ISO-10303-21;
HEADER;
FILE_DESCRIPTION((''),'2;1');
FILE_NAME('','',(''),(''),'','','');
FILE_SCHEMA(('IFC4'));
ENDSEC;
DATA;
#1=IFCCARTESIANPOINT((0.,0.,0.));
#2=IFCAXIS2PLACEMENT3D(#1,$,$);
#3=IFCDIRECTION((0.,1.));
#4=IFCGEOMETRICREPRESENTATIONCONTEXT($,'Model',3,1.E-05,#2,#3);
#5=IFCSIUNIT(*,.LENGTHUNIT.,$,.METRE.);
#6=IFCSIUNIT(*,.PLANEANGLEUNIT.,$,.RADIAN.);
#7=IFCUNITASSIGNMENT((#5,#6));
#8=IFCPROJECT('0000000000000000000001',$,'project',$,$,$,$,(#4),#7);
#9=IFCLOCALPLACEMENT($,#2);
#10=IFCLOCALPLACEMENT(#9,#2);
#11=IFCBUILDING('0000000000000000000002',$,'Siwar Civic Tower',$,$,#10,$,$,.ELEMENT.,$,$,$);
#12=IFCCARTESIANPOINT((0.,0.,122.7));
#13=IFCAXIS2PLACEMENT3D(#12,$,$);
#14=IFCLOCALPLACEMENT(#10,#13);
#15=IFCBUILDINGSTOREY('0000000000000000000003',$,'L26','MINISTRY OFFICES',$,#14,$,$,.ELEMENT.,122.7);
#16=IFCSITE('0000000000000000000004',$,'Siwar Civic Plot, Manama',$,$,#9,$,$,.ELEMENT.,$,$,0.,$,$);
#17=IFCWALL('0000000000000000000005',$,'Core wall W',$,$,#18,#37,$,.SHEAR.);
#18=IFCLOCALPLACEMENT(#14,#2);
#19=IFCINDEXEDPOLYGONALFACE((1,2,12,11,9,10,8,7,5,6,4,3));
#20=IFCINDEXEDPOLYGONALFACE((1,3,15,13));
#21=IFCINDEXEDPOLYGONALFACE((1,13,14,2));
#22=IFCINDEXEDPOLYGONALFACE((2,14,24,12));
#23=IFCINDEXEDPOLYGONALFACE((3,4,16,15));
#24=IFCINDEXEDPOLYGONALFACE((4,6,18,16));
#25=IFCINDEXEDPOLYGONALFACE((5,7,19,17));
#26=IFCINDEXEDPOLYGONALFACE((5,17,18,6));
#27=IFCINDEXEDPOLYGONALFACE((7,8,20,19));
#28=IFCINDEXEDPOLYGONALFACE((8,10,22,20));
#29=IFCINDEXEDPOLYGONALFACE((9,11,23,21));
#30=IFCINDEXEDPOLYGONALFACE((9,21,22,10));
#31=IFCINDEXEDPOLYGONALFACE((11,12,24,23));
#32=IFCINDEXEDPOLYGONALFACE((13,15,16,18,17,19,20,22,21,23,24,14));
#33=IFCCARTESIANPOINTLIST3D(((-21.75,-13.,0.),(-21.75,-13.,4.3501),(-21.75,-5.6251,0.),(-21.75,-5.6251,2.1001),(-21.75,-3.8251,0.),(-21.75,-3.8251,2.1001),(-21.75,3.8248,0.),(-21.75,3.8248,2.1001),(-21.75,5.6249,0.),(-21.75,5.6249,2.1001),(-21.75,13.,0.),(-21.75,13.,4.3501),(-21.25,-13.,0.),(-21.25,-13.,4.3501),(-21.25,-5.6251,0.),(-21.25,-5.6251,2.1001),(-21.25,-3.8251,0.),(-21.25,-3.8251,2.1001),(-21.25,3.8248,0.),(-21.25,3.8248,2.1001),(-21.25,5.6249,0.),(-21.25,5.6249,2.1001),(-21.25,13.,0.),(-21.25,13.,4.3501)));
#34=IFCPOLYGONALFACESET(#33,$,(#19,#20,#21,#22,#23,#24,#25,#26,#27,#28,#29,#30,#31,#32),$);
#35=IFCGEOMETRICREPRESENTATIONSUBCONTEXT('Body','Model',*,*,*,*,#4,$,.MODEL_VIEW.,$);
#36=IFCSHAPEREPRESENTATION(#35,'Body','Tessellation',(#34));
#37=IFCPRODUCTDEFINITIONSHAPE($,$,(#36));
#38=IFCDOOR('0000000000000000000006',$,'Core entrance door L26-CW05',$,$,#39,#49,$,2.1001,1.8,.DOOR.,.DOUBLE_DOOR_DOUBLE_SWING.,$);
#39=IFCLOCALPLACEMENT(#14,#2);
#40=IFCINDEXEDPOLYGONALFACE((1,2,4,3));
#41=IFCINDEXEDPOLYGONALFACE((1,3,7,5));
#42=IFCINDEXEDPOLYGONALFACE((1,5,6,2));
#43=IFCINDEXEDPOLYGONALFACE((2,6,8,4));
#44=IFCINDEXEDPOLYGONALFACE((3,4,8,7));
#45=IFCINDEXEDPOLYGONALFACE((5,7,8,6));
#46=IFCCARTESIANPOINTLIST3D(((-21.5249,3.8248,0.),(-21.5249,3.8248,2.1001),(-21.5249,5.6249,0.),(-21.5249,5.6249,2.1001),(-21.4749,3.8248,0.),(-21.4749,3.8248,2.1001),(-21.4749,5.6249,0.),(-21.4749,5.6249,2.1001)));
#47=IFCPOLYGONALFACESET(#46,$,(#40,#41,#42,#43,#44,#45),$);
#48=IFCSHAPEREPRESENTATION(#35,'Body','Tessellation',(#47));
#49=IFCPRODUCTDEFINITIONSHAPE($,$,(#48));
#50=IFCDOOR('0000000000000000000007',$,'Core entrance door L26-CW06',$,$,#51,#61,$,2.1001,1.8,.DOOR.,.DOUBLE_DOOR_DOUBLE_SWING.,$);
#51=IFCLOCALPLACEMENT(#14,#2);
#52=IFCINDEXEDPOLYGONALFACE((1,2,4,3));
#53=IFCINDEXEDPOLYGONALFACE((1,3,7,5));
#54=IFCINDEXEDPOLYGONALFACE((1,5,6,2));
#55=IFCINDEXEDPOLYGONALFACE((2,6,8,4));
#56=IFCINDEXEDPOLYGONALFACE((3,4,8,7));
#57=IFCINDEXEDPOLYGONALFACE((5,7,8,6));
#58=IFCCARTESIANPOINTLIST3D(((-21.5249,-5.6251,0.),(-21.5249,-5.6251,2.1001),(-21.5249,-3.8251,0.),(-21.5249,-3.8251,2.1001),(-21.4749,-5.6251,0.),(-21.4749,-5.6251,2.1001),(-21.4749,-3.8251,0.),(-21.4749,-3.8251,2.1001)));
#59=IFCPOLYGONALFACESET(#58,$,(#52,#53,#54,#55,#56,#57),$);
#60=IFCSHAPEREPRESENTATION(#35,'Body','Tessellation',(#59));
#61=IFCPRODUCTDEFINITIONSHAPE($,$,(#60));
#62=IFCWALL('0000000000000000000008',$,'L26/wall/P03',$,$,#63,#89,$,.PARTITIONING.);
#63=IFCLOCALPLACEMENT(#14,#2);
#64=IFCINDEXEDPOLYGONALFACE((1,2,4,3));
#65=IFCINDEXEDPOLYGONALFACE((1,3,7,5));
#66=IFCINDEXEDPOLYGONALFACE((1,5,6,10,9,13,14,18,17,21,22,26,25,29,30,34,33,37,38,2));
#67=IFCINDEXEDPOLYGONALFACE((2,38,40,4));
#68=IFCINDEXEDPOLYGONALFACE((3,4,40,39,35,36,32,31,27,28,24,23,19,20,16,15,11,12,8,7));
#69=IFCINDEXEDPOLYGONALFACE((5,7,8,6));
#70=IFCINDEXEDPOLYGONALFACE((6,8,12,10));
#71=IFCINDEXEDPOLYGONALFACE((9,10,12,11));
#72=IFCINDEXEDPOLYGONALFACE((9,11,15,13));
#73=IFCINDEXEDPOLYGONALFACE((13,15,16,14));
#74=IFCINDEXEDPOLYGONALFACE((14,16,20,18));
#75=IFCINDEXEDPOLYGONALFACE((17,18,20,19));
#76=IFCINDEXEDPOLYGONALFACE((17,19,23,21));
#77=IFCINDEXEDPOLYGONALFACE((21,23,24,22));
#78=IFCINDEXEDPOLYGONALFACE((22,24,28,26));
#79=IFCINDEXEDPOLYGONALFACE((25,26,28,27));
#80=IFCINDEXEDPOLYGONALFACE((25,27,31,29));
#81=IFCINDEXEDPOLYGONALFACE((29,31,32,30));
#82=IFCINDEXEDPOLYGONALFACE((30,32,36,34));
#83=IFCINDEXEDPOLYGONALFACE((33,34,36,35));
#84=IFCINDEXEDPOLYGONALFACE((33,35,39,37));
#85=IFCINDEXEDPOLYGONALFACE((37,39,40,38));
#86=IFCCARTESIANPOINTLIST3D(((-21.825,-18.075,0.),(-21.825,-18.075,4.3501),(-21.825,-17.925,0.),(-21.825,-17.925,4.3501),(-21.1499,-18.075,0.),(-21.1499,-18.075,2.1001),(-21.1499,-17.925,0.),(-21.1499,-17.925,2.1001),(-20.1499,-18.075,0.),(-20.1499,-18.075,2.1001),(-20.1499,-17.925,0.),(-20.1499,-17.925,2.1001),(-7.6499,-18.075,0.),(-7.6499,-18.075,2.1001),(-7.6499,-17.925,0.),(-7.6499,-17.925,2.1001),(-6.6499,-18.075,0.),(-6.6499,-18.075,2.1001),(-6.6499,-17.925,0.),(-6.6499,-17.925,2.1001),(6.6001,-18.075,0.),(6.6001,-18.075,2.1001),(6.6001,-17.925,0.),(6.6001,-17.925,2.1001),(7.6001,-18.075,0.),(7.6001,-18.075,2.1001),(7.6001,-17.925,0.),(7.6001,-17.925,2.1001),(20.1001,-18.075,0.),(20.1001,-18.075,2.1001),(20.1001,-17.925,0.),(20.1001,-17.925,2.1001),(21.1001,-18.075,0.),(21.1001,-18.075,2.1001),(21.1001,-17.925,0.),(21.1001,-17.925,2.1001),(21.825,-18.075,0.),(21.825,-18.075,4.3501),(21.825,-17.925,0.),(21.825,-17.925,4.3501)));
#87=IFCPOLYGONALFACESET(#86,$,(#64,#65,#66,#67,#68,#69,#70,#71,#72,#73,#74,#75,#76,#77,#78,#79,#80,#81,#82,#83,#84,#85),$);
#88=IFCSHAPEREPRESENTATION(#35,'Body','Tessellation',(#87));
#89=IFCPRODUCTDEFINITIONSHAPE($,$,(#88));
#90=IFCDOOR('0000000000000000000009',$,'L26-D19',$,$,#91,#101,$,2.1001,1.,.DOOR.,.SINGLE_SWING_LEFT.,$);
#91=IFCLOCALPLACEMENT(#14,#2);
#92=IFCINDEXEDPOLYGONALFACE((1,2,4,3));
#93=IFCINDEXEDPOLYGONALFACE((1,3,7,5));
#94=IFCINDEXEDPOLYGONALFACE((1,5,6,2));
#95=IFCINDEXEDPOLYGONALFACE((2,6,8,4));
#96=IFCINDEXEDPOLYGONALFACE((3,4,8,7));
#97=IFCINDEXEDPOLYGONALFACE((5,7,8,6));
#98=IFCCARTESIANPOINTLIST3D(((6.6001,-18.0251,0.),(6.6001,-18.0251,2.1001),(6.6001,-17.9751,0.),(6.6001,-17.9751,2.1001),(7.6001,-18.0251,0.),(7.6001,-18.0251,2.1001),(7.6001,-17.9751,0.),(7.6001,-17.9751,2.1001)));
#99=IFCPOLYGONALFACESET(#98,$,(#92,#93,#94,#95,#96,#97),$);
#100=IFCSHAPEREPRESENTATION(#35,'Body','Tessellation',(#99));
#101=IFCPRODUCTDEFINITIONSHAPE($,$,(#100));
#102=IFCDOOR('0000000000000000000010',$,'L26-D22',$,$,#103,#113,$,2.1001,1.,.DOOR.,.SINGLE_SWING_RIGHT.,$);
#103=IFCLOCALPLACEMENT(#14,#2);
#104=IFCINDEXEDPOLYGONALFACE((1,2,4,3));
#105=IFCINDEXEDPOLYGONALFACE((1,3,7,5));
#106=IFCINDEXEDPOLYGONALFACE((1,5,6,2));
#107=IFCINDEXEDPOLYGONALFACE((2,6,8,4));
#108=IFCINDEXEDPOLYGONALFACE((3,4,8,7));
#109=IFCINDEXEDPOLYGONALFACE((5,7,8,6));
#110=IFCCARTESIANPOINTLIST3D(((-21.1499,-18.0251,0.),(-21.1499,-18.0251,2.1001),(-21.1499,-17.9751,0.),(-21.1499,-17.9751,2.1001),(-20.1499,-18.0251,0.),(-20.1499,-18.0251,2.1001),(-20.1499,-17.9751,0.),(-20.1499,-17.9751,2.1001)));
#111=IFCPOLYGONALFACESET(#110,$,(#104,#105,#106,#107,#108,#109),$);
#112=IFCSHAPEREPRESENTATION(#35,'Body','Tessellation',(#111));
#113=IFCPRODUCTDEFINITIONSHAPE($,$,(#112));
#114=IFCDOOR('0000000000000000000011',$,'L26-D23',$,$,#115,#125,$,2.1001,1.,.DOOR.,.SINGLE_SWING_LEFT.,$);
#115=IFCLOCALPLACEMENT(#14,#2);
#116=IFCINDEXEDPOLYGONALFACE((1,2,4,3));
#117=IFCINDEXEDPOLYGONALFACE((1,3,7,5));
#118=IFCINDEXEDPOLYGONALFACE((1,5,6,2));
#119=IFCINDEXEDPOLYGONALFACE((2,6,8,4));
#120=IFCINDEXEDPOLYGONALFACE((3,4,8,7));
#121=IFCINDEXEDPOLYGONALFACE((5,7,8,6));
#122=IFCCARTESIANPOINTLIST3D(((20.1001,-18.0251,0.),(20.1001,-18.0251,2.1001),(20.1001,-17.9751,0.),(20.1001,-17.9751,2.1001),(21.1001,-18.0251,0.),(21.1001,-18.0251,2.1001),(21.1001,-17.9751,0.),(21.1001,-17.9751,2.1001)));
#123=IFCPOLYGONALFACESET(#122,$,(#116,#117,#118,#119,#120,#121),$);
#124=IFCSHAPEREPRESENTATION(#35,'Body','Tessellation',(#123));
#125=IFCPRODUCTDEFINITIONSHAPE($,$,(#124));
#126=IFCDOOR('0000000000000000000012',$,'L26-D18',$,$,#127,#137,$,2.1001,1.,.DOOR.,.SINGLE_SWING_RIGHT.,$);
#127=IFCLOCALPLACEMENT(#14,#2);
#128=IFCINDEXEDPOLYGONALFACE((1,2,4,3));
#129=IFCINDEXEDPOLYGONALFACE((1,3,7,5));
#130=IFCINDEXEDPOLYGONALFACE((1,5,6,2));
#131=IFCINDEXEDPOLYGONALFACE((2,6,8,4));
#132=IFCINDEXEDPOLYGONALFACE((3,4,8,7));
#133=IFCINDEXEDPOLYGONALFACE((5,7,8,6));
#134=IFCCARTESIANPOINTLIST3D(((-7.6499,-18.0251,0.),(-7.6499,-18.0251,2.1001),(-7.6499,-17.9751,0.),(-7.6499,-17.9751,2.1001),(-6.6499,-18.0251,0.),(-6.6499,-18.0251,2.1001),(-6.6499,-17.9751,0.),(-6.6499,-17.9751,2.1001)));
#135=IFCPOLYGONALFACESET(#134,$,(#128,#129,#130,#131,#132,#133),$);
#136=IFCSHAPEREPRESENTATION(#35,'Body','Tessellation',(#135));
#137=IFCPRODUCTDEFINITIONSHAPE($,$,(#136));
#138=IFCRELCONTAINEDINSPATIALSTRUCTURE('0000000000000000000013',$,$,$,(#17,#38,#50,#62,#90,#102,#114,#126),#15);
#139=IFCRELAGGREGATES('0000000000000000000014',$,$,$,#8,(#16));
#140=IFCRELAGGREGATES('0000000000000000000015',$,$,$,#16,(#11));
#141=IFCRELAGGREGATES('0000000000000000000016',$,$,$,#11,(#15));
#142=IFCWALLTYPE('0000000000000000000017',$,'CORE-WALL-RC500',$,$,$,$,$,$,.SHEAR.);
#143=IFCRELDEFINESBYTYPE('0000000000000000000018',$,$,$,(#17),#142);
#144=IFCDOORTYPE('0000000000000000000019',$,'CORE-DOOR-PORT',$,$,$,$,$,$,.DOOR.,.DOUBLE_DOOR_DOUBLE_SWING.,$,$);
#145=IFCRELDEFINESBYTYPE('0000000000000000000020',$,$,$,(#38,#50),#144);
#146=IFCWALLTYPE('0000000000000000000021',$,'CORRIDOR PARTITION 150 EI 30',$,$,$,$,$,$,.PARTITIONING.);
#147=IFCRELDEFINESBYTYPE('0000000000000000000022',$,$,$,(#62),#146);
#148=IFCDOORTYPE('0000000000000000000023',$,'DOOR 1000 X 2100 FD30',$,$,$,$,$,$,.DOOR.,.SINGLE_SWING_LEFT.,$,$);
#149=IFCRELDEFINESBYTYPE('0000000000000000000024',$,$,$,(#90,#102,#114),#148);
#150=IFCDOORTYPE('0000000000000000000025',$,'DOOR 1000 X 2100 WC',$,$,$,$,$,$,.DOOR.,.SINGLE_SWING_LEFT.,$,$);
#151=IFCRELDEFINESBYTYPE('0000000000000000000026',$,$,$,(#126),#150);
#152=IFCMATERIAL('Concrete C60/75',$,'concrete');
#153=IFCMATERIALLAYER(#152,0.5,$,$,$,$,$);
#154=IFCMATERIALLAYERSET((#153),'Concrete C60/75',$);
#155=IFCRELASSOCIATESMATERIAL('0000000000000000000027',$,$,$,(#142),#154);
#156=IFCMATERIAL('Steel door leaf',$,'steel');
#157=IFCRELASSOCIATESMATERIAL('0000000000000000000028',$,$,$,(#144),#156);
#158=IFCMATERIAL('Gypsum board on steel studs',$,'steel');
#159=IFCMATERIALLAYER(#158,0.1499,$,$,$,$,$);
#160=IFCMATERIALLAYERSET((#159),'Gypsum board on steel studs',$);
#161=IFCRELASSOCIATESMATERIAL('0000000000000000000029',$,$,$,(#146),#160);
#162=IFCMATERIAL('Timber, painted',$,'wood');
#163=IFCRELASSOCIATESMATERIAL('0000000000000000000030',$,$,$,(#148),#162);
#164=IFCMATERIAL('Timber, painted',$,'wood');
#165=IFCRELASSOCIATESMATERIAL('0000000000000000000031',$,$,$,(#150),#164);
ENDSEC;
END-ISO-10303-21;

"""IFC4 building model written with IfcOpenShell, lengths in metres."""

from ifc_helpers import new_model, si_unit, direction, frame, frame_2d, origin, place, context, subcontext, project, spatial, rectangle, extrude, material, layer, layer_set, type_object, element, fill, save


model = new_model("IFC4")

# Units and contexts
model_context = context("Model", 3, precision=1e-05, world=origin(), true_north=direction((0.0, 1.0)))
body_context = subcontext(model_context, "Body", "Model", "MODEL_VIEW")
ifc_project = project(units=[si_unit("LENGTHUNIT", "METRE"), si_unit("PLANEANGLEUNIT", "RADIAN")], contexts=[model_context])

# Site, building, storey
site_placement = place(None, origin())
site = spatial("IfcSite", under=ifc_project, at=site_placement, Name="Siwar Civic Plot, Manama", CompositionType="ELEMENT", RefElevation=0.0)
building_placement = place(site_placement, origin())
building = spatial("IfcBuilding", under=site, at=building_placement, Name="Siwar Civic Tower", CompositionType="ELEMENT")
storey_placement = place(building_placement, frame((0.0, 0.0, 122.7)))
storey = spatial("IfcBuildingStorey", under=building, at=storey_placement, Name="L26", Description="MINISTRY OFFICES", CompositionType="ELEMENT", Elevation=122.7)

# Walls, openings, doors
ifc_material_1 = material(Name="Concrete C60/75", Category="concrete")
ifc_layer_1 = layer(ifc_material_1, 0.5)
ifc_layer_set_1 = layer_set([ifc_layer_1], Name="Concrete C60/75")
wall_type_1 = type_object("IfcWallType", Name="CORE-WALL-RC500", PredefinedType="SHEAR", material=ifc_layer_set_1)
wall_1_placement = place(storey_placement, frame((-21.5, -13.0, 0.0), z_axis=(0.0, 0.0, 1.0), x_axis=(0.0, 1.0, 0.0)))
wall_1 = element("IfcWall", 1, at=wall_1_placement, inside=storey, type_object=wall_type_1, Name="Core wall W", PredefinedType="SHEAR", context=body_context, shape_type="SweptSolid", body=[
    extrude(rectangle(XDim=26.0, YDim=0.5, at=frame_2d((13.0, 0.0))), origin(), (0.0, 0.0, 1.0), 4.3501),
])
opening_1_placement = place(wall_1_placement, frame((16.825, 0.0, 0.0)))
opening_1 = element("IfcOpeningElement", 2, at=opening_1_placement, cuts=wall_1, PredefinedType="OPENING", context=body_context, shape_type="SweptSolid", body=[
    extrude(rectangle(XDim=1.8, YDim=2.1001, at=frame_2d((0.8999, 1.05))), frame((0.0, 0.26, 0.0), z_axis=(0.0, -1.0, 0.0), x_axis=(1.0, 0.0, 0.0)), (0.0, 0.0, 1.0), 0.52),
])
opening_2_placement = place(wall_1_placement, frame((7.375, 0.0, 0.0)))
opening_2 = element("IfcOpeningElement", 3, at=opening_2_placement, cuts=wall_1, PredefinedType="OPENING", context=body_context, shape_type="SweptSolid", body=[
    extrude(rectangle(XDim=1.8, YDim=2.1001, at=frame_2d((0.8999, 1.05))), frame((0.0, 0.26, 0.0), z_axis=(0.0, -1.0, 0.0), x_axis=(1.0, 0.0, 0.0)), (0.0, 0.0, 1.0), 0.52),
])
ifc_material_2 = material(Name="Steel door leaf", Category="steel")
door_type_1 = type_object("IfcDoorType", Name="CORE-DOOR-PORT", OperationType="DOUBLE_DOOR_DOUBLE_SWING", PredefinedType="DOOR", material=ifc_material_2)
door_1_placement = place(opening_1_placement, origin())
door_1 = element("IfcDoor", 4, at=door_1_placement, inside=storey, type_object=door_type_1, Name="Core entrance door L26-CW05", OperationType="DOUBLE_DOOR_DOUBLE_SWING", OverallHeight=2.1001, OverallWidth=1.8, PredefinedType="DOOR", context=body_context, shape_type="SweptSolid", body=[
    extrude(rectangle(XDim=1.8, YDim=2.1001, at=frame_2d((0.8999, 1.05))), frame((0.0, 0.0249, 0.0), z_axis=(0.0, -1.0, 0.0), x_axis=(1.0, 0.0, 0.0)), (0.0, 0.0, 1.0), 0.05),
])
fill(opening_1, door_1)
door_2_placement = place(opening_2_placement, origin())
door_2 = element("IfcDoor", 5, at=door_2_placement, inside=storey, type_object=door_type_1, Name="Core entrance door L26-CW06", OperationType="DOUBLE_DOOR_DOUBLE_SWING", OverallHeight=2.1001, OverallWidth=1.8, PredefinedType="DOOR", context=body_context, shape_type="SweptSolid", body=[
    extrude(rectangle(XDim=1.8, YDim=2.1001, at=frame_2d((0.8999, 1.05))), frame((0.0, 0.0249, 0.0), z_axis=(0.0, -1.0, 0.0), x_axis=(1.0, 0.0, 0.0)), (0.0, 0.0, 1.0), 0.05),
])
fill(opening_2, door_2)
ifc_material_3 = material(Name="Gypsum board on steel studs", Category="steel")
ifc_layer_2 = layer(ifc_material_3, 0.1499)
ifc_layer_set_2 = layer_set([ifc_layer_2], Name="Gypsum board on steel studs")
wall_type_2 = type_object("IfcWallType", Name="CORRIDOR PARTITION 150 EI 30", PredefinedType="PARTITIONING", material=ifc_layer_set_2)
wall_2_placement = place(storey_placement, frame((-21.825, -18.0, 0.0), z_axis=(0.0, 0.0, 1.0), x_axis=(1.0, 0.0, 0.0)))
wall_2 = element("IfcWall", 6, at=wall_2_placement, inside=storey, type_object=wall_type_2, Name="L26/wall/P03", PredefinedType="PARTITIONING", context=body_context, shape_type="SweptSolid", body=[
    extrude(rectangle(XDim=43.6499, YDim=0.1499, at=frame_2d((21.825, 0.0))), origin(), (0.0, 0.0, 1.0), 4.3501),
])
opening_3_placement = place(wall_2_placement, frame((14.175, 0.0, 0.0)))
opening_3 = element("IfcOpeningElement", 7, at=opening_3_placement, cuts=wall_2, PredefinedType="OPENING", context=body_context, shape_type="SweptSolid", body=[
    extrude(rectangle(XDim=1.0, YDim=2.1001, at=frame_2d((0.5, 1.05))), frame((0.0, 0.085, 0.0), z_axis=(0.0, -1.0, 0.0), x_axis=(1.0, 0.0, 0.0)), (0.0, 0.0, 1.0), 0.1699),
])
opening_4_placement = place(wall_2_placement, frame((28.425, 0.0, 0.0)))
opening_4 = element("IfcOpeningElement", 8, at=opening_4_placement, cuts=wall_2, PredefinedType="OPENING", context=body_context, shape_type="SweptSolid", body=[
    extrude(rectangle(XDim=1.0, YDim=2.1001, at=frame_2d((0.5, 1.05))), frame((0.0, 0.085, 0.0), z_axis=(0.0, -1.0, 0.0), x_axis=(1.0, 0.0, 0.0)), (0.0, 0.0, 1.0), 0.1699),
])
opening_5_placement = place(wall_2_placement, frame((0.675, 0.0, 0.0)))
opening_5 = element("IfcOpeningElement", 9, at=opening_5_placement, cuts=wall_2, PredefinedType="OPENING", context=body_context, shape_type="SweptSolid", body=[
    extrude(rectangle(XDim=1.0, YDim=2.1001, at=frame_2d((0.5, 1.05))), frame((0.0, 0.085, 0.0), z_axis=(0.0, -1.0, 0.0), x_axis=(1.0, 0.0, 0.0)), (0.0, 0.0, 1.0), 0.1699),
])
opening_6_placement = place(wall_2_placement, frame((41.925, 0.0, 0.0)))
opening_6 = element("IfcOpeningElement", 10, at=opening_6_placement, cuts=wall_2, PredefinedType="OPENING", context=body_context, shape_type="SweptSolid", body=[
    extrude(rectangle(XDim=1.0, YDim=2.1001, at=frame_2d((0.5, 1.05))), frame((0.0, 0.085, 0.0), z_axis=(0.0, -1.0, 0.0), x_axis=(1.0, 0.0, 0.0)), (0.0, 0.0, 1.0), 0.1699),
])
ifc_material_4 = material(Name="Timber, painted", Category="wood")
door_type_2 = type_object("IfcDoorType", Name="DOOR 1000 X 2100 FD30", OperationType="SINGLE_SWING_LEFT", PredefinedType="DOOR", material=ifc_material_4)
door_3_placement = place(opening_4_placement, origin())
door_3 = element("IfcDoor", 11, at=door_3_placement, inside=storey, type_object=door_type_2, Name="L26-D19", OperationType="SINGLE_SWING_LEFT", OverallHeight=2.1001, OverallWidth=1.0, PredefinedType="DOOR", context=body_context, shape_type="SweptSolid", body=[
    extrude(rectangle(XDim=1.0, YDim=2.1001, at=frame_2d((0.5, 1.05))), frame((0.0, 0.0249, 0.0), z_axis=(0.0, -1.0, 0.0), x_axis=(1.0, 0.0, 0.0)), (0.0, 0.0, 1.0), 0.05),
])
fill(opening_4, door_3)
door_4_placement = place(opening_5_placement, origin())
door_4 = element("IfcDoor", 12, at=door_4_placement, inside=storey, type_object=door_type_2, Name="L26-D22", OperationType="SINGLE_SWING_RIGHT", OverallHeight=2.1001, OverallWidth=1.0, PredefinedType="DOOR", context=body_context, shape_type="SweptSolid", body=[
    extrude(rectangle(XDim=1.0, YDim=2.1001, at=frame_2d((0.5, 1.05))), frame((0.0, 0.0249, 0.0), z_axis=(0.0, -1.0, 0.0), x_axis=(1.0, 0.0, 0.0)), (0.0, 0.0, 1.0), 0.05),
])
fill(opening_5, door_4)
door_5_placement = place(opening_6_placement, origin())
door_5 = element("IfcDoor", 13, at=door_5_placement, inside=storey, type_object=door_type_2, Name="L26-D23", OperationType="SINGLE_SWING_LEFT", OverallHeight=2.1001, OverallWidth=1.0, PredefinedType="DOOR", context=body_context, shape_type="SweptSolid", body=[
    extrude(rectangle(XDim=1.0, YDim=2.1001, at=frame_2d((0.5, 1.05))), frame((0.0, 0.0249, 0.0), z_axis=(0.0, -1.0, 0.0), x_axis=(1.0, 0.0, 0.0)), (0.0, 0.0, 1.0), 0.05),
])
fill(opening_6, door_5)
ifc_material_5 = material(Name="Timber, painted", Category="wood")
door_type_3 = type_object("IfcDoorType", Name="DOOR 1000 X 2100 WC", OperationType="SINGLE_SWING_LEFT", PredefinedType="DOOR", material=ifc_material_5)
door_6_placement = place(opening_3_placement, origin())
door_6 = element("IfcDoor", 14, at=door_6_placement, inside=storey, type_object=door_type_3, Name="L26-D18", OperationType="SINGLE_SWING_RIGHT", OverallHeight=2.1001, OverallWidth=1.0, PredefinedType="DOOR", context=body_context, shape_type="SweptSolid", body=[
    extrude(rectangle(XDim=1.0, YDim=2.1001, at=frame_2d((0.5, 1.05))), frame((0.0, 0.0249, 0.0), z_axis=(0.0, -1.0, 0.0), x_axis=(1.0, 0.0, 0.0)), (0.0, 0.0, 1.0), 0.05),
])
fill(opening_3, door_6)

save(model, "model.ifc")
